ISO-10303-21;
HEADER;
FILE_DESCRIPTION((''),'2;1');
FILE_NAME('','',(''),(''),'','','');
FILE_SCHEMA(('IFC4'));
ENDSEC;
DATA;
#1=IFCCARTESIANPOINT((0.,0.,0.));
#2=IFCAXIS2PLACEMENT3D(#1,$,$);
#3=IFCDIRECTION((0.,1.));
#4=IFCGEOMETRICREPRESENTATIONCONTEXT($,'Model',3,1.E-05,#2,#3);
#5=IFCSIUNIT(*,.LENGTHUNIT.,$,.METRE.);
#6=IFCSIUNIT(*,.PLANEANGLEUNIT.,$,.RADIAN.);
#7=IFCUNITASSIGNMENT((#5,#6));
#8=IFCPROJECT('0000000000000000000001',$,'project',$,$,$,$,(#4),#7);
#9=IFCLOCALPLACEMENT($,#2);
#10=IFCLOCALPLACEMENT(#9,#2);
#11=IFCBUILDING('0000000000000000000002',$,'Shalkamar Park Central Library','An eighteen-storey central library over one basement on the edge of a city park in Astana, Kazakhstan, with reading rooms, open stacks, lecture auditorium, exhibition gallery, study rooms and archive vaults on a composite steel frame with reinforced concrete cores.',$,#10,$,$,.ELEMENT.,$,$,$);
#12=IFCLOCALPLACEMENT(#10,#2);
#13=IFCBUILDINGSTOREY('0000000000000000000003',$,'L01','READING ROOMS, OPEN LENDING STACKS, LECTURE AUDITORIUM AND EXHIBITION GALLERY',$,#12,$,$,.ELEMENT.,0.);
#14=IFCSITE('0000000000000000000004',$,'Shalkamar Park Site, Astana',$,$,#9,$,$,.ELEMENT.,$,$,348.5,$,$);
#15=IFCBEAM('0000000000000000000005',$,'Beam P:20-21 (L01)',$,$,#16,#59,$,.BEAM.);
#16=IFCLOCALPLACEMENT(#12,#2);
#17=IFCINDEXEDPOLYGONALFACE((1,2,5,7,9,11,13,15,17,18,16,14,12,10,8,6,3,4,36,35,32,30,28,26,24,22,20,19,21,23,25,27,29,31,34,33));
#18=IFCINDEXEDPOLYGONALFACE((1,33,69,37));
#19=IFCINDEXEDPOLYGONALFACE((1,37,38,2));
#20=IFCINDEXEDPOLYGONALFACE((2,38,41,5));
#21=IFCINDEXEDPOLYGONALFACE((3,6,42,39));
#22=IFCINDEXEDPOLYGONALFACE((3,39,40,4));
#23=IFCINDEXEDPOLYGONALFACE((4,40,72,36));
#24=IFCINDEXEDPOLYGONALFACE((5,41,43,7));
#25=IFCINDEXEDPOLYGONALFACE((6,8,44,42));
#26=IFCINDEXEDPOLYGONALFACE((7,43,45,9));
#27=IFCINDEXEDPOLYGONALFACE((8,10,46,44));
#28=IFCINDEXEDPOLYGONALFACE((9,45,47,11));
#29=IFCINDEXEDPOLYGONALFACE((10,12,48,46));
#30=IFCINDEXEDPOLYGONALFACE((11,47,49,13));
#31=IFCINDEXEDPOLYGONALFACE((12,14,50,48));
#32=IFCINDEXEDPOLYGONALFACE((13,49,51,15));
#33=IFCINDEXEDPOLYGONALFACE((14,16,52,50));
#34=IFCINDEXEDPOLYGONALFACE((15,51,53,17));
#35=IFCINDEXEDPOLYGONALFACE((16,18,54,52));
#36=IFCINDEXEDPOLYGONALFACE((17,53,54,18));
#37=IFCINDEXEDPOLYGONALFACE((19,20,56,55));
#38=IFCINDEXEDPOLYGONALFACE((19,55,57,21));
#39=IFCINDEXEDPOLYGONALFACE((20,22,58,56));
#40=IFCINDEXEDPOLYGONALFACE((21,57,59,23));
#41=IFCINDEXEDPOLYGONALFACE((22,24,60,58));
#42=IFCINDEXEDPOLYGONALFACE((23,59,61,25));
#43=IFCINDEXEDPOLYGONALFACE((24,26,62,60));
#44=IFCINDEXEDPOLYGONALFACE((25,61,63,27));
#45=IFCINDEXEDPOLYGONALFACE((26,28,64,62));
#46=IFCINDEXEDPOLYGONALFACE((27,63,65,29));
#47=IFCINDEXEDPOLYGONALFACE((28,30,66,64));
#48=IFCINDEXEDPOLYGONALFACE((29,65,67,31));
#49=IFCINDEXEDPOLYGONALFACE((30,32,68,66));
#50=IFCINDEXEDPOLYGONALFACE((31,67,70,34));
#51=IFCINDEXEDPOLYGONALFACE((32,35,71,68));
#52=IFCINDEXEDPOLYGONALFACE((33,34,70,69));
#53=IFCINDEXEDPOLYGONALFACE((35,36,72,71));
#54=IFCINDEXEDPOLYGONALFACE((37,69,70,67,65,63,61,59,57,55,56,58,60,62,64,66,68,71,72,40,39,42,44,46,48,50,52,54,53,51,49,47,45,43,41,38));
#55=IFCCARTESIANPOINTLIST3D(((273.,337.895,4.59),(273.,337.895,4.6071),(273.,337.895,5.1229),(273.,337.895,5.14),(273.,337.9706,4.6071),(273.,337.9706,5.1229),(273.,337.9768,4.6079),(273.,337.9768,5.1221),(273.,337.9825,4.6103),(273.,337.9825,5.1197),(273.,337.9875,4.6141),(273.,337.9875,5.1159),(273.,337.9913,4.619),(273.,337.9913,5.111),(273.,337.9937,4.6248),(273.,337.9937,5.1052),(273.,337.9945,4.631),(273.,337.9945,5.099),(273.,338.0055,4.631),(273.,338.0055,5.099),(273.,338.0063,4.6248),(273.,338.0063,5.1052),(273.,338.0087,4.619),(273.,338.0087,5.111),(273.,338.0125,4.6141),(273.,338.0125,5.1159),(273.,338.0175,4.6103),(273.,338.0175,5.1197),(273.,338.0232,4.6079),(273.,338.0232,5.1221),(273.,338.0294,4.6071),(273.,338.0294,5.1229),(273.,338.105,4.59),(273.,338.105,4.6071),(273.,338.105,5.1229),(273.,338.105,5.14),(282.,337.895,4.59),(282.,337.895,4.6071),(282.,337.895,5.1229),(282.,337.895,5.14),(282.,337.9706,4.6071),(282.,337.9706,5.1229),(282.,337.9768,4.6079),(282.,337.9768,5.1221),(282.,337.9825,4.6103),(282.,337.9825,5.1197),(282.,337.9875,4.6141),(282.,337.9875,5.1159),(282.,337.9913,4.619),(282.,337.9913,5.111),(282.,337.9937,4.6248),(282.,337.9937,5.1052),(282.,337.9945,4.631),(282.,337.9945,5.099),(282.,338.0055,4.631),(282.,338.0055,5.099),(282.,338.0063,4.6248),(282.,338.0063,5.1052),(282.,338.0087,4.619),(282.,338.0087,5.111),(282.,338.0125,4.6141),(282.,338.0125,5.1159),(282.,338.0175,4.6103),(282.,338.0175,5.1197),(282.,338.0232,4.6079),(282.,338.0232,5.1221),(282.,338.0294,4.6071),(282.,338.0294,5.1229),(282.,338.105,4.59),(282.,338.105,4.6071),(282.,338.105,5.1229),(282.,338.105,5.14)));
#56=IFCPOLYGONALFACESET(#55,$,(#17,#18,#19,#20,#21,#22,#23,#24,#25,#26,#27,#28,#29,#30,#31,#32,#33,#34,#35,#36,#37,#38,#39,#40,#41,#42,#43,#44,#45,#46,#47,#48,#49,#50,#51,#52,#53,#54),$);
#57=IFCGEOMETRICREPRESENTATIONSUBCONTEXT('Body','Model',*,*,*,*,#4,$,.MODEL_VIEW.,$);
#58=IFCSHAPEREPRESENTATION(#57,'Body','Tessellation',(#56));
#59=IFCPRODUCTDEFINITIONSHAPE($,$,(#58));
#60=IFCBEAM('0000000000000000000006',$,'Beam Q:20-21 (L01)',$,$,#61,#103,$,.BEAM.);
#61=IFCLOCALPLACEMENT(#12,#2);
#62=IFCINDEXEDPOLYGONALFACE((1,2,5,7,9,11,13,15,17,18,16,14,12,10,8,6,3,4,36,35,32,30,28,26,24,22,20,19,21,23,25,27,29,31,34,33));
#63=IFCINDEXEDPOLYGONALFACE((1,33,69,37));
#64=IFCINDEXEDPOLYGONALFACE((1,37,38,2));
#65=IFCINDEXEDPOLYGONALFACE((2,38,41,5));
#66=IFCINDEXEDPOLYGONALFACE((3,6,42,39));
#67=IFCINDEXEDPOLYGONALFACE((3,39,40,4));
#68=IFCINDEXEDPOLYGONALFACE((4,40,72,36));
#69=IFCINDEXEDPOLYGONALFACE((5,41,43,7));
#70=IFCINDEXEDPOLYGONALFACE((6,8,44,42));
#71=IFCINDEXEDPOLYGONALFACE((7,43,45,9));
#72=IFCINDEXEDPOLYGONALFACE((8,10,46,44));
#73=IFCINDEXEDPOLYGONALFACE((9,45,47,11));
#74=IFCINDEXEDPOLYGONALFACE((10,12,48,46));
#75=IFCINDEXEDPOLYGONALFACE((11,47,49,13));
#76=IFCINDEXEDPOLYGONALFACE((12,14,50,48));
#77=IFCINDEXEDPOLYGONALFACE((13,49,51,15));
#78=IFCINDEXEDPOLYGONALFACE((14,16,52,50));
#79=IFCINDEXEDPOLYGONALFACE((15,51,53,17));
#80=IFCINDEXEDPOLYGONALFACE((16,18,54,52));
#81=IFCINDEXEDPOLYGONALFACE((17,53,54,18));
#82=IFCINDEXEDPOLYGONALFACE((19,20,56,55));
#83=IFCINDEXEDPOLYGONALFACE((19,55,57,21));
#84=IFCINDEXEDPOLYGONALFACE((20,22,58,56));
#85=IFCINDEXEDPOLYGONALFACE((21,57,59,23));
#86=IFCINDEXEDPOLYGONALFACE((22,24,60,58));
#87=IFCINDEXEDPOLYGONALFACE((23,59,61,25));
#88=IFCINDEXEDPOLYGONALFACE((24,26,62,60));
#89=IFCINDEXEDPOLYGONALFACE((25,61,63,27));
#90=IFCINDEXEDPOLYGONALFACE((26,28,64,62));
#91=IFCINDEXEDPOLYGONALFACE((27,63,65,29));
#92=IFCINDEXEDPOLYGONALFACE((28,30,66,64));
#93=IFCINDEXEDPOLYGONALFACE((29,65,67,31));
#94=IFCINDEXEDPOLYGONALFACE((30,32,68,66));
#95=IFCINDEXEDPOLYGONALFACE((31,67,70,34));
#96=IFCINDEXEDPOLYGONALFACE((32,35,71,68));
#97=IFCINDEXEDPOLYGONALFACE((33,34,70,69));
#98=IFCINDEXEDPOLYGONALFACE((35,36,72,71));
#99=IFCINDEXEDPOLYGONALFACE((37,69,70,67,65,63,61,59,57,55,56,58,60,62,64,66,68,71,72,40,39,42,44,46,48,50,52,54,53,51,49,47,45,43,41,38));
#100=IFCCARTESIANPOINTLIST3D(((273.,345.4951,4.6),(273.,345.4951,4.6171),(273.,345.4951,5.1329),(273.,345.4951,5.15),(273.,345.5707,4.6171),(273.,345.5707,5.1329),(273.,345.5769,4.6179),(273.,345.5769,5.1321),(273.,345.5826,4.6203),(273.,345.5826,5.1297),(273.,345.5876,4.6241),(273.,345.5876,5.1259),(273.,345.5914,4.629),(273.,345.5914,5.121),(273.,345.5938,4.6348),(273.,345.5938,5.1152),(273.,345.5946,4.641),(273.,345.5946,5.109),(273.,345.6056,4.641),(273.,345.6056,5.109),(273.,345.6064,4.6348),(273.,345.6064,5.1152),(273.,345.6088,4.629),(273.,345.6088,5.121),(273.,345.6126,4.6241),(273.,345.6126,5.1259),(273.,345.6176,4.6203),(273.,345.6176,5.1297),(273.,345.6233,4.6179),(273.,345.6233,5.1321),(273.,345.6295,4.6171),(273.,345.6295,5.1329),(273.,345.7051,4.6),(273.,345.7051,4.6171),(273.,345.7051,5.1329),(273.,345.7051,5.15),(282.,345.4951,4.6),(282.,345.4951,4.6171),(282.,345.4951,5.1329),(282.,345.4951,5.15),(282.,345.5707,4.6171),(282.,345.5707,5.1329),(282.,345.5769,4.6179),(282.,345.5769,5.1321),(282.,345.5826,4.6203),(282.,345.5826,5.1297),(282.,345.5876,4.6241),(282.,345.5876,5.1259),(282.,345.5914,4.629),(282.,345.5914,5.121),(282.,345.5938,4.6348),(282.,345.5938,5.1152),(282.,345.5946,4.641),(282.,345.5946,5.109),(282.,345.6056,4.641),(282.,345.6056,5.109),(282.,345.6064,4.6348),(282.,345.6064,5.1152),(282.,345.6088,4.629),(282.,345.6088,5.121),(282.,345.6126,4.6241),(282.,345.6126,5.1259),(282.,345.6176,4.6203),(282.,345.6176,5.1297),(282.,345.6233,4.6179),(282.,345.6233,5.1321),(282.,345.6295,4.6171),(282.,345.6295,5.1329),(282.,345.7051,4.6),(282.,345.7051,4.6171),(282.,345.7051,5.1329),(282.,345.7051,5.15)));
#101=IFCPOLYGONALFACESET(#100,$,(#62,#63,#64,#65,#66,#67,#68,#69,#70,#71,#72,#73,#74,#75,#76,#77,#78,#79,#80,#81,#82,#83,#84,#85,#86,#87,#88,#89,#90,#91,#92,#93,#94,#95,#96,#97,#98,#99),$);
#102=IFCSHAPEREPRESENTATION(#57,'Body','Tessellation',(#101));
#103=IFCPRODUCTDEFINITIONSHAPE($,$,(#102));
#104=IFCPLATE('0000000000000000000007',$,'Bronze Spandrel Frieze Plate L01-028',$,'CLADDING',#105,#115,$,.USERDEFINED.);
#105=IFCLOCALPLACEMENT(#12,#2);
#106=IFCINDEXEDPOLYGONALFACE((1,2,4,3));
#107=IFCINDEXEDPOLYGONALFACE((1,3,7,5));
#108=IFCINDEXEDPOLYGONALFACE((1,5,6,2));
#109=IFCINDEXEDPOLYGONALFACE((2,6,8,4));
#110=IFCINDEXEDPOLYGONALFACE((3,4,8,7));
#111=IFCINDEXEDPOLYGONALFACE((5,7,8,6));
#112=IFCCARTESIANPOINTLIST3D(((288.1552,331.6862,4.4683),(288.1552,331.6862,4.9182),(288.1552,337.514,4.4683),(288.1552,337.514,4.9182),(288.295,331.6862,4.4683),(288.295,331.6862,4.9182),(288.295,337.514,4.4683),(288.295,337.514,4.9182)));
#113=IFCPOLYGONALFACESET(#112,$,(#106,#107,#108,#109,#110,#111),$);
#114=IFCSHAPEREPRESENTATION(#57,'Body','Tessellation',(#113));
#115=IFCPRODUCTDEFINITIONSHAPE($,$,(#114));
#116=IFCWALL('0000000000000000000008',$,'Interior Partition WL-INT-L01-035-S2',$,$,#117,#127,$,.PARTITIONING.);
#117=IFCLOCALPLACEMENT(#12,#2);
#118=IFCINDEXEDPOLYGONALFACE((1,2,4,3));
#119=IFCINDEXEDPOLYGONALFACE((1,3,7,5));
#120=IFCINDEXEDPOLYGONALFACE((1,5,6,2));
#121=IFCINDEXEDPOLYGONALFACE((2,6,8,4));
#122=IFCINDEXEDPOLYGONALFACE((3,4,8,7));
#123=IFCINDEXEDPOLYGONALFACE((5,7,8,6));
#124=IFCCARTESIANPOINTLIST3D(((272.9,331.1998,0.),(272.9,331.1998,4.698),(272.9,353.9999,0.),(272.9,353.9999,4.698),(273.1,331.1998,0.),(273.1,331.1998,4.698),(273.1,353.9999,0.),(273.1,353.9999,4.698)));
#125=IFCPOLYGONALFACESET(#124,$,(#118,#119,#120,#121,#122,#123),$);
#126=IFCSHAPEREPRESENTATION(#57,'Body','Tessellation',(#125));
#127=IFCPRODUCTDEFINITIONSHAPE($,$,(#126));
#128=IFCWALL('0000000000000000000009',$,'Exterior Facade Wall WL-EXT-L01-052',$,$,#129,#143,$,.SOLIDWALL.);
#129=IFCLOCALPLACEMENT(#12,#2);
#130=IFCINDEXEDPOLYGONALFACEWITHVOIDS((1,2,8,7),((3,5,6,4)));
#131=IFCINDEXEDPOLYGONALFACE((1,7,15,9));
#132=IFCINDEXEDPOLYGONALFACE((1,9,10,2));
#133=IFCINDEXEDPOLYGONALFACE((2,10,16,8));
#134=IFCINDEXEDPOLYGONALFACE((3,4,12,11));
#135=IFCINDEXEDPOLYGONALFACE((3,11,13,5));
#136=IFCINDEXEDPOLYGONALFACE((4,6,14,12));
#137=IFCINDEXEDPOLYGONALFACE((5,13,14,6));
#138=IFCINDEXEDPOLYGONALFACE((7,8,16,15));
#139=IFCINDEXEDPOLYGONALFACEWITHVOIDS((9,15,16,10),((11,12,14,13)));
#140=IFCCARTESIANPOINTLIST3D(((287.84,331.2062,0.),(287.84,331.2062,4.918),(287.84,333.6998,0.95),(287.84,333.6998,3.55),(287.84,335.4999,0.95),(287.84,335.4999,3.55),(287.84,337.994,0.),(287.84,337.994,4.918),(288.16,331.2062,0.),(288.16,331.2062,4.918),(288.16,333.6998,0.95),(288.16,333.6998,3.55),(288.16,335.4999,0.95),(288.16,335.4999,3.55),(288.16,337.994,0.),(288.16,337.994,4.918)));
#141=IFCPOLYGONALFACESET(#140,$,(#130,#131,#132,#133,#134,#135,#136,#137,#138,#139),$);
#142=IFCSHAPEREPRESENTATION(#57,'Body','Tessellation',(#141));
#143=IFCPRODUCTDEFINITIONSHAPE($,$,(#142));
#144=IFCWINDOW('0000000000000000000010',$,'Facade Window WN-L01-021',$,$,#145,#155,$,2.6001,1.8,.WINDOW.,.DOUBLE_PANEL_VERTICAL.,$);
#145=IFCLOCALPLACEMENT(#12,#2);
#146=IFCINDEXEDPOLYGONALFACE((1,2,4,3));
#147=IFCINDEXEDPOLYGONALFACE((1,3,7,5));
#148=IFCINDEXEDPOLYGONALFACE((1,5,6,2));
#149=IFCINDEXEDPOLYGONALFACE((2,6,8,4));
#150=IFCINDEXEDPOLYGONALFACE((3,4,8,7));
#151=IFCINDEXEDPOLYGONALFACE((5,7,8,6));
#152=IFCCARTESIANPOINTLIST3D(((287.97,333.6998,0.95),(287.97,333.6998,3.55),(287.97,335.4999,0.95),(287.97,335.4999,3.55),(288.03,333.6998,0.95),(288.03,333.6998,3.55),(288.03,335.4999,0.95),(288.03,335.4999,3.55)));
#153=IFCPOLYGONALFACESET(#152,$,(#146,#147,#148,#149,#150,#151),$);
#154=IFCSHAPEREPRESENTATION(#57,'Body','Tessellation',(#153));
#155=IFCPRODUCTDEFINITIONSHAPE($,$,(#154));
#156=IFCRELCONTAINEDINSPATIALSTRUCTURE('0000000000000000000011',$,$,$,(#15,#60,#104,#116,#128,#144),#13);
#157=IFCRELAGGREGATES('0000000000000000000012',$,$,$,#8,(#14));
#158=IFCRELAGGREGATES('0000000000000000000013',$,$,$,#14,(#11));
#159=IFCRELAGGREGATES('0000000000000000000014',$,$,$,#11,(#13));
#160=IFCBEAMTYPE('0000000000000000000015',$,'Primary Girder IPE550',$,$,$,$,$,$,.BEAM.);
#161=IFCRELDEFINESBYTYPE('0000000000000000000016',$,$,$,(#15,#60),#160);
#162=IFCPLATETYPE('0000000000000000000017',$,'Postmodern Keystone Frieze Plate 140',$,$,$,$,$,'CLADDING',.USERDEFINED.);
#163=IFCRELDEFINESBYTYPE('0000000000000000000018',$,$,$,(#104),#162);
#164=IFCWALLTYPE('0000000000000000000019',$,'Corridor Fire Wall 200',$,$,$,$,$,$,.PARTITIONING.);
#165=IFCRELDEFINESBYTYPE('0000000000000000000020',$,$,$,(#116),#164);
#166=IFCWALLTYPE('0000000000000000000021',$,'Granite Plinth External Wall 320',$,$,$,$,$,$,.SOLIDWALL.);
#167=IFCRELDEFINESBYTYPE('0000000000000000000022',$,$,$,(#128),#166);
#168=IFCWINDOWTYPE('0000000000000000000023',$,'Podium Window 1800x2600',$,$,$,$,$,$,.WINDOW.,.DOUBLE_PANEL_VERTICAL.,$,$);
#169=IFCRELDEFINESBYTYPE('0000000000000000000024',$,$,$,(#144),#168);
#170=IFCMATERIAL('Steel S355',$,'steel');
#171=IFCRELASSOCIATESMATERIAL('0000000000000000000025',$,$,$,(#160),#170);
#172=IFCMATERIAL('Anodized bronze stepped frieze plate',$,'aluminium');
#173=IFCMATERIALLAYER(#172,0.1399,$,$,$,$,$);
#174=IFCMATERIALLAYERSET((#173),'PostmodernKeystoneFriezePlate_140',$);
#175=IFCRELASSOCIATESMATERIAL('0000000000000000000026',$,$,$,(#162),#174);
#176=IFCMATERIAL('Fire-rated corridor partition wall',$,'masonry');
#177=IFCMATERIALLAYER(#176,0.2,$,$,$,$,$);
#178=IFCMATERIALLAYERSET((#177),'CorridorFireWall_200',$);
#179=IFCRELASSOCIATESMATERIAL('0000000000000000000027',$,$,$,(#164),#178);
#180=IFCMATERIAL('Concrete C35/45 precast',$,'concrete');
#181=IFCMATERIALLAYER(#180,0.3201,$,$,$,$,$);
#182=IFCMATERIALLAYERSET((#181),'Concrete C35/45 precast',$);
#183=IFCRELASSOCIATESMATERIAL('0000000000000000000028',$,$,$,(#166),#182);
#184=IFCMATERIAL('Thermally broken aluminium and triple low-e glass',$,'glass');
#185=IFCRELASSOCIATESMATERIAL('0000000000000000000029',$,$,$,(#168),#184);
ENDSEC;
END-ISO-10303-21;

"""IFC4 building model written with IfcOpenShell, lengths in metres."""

from ifc_helpers import new_model, si_unit, direction, frame, frame_2d, origin, origin_2d, place, context, subcontext, project, spatial, rectangle, i_section, extrude, material, layer, layer_set, material_profile, profile_set, type_object, element, fill, save


model = new_model("IFC4")

# Units and contexts
model_context = context("Model", 3, precision=1e-05, world=origin(), true_north=direction((0.0, 1.0)))
body_context = subcontext(model_context, "Body", "Model", "MODEL_VIEW")
ifc_project = project(units=[si_unit("LENGTHUNIT", "METRE"), si_unit("PLANEANGLEUNIT", "RADIAN")], contexts=[model_context])

# Site, building, storey
site_placement = place(None, origin())
site = spatial("IfcSite", under=ifc_project, at=site_placement, Name="Shalkamar Park Site, Astana", CompositionType="ELEMENT", RefElevation=348.5)
building_placement = place(site_placement, origin())
building = spatial("IfcBuilding", under=site, at=building_placement, Name="Shalkamar Park Central Library", Description="An eighteen-storey central library over one basement on the edge of a city park in Astana, Kazakhstan, with reading rooms, open stacks, lecture auditorium, exhibition gallery, study rooms and archive vaults on a composite steel frame with reinforced concrete cores.", CompositionType="ELEMENT")
storey_placement = place(building_placement, origin())
storey = spatial("IfcBuildingStorey", under=building, at=storey_placement, Name="L01", Description="READING ROOMS, OPEN LENDING STACKS, LECTURE AUDITORIUM AND EXHIBITION GALLERY", CompositionType="ELEMENT", Elevation=0.0)

# Shared definitions
ifc_material_1 = material(Name="Steel S355", Category="steel")

# Beams
ifc_material_profile_1 = material_profile(ifc_material_1, i_section(OverallWidth=0.21, OverallDepth=0.55, WebThickness=0.011, FlangeThickness=0.0171, FilletRadius=0.0239, at=origin_2d()), Name="IPE 550")
ifc_profile_set_1 = profile_set([ifc_material_profile_1], Name="Steel S355")
beam_type_1 = type_object("IfcBeamType", Name="Primary Girder IPE550", PredefinedType="BEAM", material=ifc_profile_set_1)
for number, where, z_axis, x_axis, name in (
    (1, (273.0, 338.0, 4.865), (1.0, 0.0, 0.0), (0.0, 1.0, 0.0), "Beam P:20-21 (L01)"),
    (2, (273.0, 345.6001, 4.875), (1.0, 0.0, 0.0), (0.0, 1.0, 0.0), "Beam Q:20-21 (L01)"),
):
    element("IfcBeam", number, at=place(storey_placement, frame(where, z_axis=z_axis, x_axis=x_axis)), inside=storey, type_object=beam_type_1, Name=name, PredefinedType="BEAM", context=body_context, shape_type="SweptSolid", body=[
        extrude(i_section(OverallWidth=0.21, OverallDepth=0.55, WebThickness=0.011, FlangeThickness=0.0171, FilletRadius=0.0239, at=origin_2d()), origin(), (0.0, 0.0, 1.0), 9.0),
    ])

# Plate
ifc_material_2 = material(Name="Anodized bronze stepped frieze plate", Category="aluminium")
ifc_layer_1 = layer(ifc_material_2, 0.1399)
ifc_layer_set_1 = layer_set([ifc_layer_1], Name="PostmodernKeystoneFriezePlate_140")
plate_type = type_object("IfcPlateType", Name="Postmodern Keystone Frieze Plate 140", ElementType="CLADDING", PredefinedType="USERDEFINED", material=ifc_layer_set_1)
plate_placement = place(storey_placement, frame((288.2251, 334.6001, 4.4683), z_axis=(0.0, 0.0, 1.0), x_axis=(1.0, 0.0, 0.0)))
element("IfcPlate", 3, at=plate_placement, inside=storey, type_object=plate_type, Name="Bronze Spandrel Frieze Plate L01-028", ObjectType="CLADDING", PredefinedType="USERDEFINED", context=body_context, shape_type="SweptSolid", body=[
    extrude(rectangle(XDim=0.1399, YDim=5.8279, at=origin_2d()), origin(), (0.0, 0.0, 1.0), 0.45),
])

# Wall
ifc_material_3 = material(Name="Fire-rated corridor partition wall", Category="masonry")
ifc_layer_2 = layer(ifc_material_3, 0.2)
ifc_layer_set_2 = layer_set([ifc_layer_2], Name="CorridorFireWall_200")
wall_type_1 = type_object("IfcWallType", Name="Corridor Fire Wall 200", PredefinedType="PARTITIONING", material=ifc_layer_set_2)
wall_1_placement = place(storey_placement, frame((273.0, 331.2, 0.0), z_axis=(0.0, 0.0, 1.0), x_axis=(0.0, 1.0, 0.0)))
element("IfcWall", 4, at=wall_1_placement, inside=storey, type_object=wall_type_1, Name="Interior Partition WL-INT-L01-035-S2", PredefinedType="PARTITIONING", context=body_context, shape_type="SweptSolid", body=[
    extrude(rectangle(XDim=22.8, YDim=0.2, at=frame_2d((11.3999, 0.0))), origin(), (0.0, 0.0, 1.0), 4.698),
])

# Wall, opening, window
ifc_material_4 = material(Name="Concrete C35/45 precast", Category="concrete")
ifc_layer_3 = layer(ifc_material_4, 0.3201)
ifc_layer_set_3 = layer_set([ifc_layer_3], Name="Concrete C35/45 precast")
wall_type_2 = type_object("IfcWallType", Name="Granite Plinth External Wall 320", PredefinedType="SOLIDWALL", material=ifc_layer_set_3)
wall_2_placement = place(storey_placement, frame((288.0, 331.2061, 0.0), z_axis=(0.0, 0.0, 1.0), x_axis=(0.0, 1.0, 0.0)))
wall_2 = element("IfcWall", 5, at=wall_2_placement, inside=storey, type_object=wall_type_2, Name="Exterior Facade Wall WL-EXT-L01-052", PredefinedType="SOLIDWALL", context=body_context, shape_type="SweptSolid", body=[
    extrude(rectangle(XDim=6.7878, YDim=0.3201, at=frame_2d((3.394, 0.0))), origin(), (0.0, 0.0, 1.0), 4.918),
])
opening_1_placement = place(wall_2_placement, frame((2.4939, 0.0, 0.95)))
opening_1 = element("IfcOpeningElement", 6, at=opening_1_placement, cuts=wall_2, PredefinedType="OPENING", context=body_context, shape_type="SweptSolid", body=[
    extrude(rectangle(XDim=1.8, YDim=2.6001, at=frame_2d((0.8999, 1.3))), frame((0.0, 0.1748, 0.0), z_axis=(0.0, -1.0, 0.0), x_axis=(1.0, 0.0, 0.0)), (0.0, 0.0, 1.0), 0.3499),
])
ifc_material_5 = material(Name="Thermally broken aluminium and triple low-e glass", Category="glass")
window_type_1 = type_object("IfcWindowType", Name="Podium Window 1800x2600", PartitioningType="DOUBLE_PANEL_VERTICAL", PredefinedType="WINDOW", material=ifc_material_5)
window_1_placement = place(opening_1_placement, origin())
window_1 = element("IfcWindow", 7, at=window_1_placement, inside=storey, type_object=window_type_1, Name="Facade Window WN-L01-021", OverallHeight=2.6001, OverallWidth=1.8, PartitioningType="DOUBLE_PANEL_VERTICAL", PredefinedType="WINDOW", context=body_context, shape_type="SweptSolid", body=[
    extrude(rectangle(XDim=1.8, YDim=2.6001, at=frame_2d((0.8999, 1.3))), frame((0.0, 0.03, 0.0), z_axis=(0.0, -1.0, 0.0), x_axis=(1.0, 0.0, 0.0)), (0.0, 0.0, 1.0), 0.0601),
])
fill(opening_1, window_1)

save(model, "model.ifc")
